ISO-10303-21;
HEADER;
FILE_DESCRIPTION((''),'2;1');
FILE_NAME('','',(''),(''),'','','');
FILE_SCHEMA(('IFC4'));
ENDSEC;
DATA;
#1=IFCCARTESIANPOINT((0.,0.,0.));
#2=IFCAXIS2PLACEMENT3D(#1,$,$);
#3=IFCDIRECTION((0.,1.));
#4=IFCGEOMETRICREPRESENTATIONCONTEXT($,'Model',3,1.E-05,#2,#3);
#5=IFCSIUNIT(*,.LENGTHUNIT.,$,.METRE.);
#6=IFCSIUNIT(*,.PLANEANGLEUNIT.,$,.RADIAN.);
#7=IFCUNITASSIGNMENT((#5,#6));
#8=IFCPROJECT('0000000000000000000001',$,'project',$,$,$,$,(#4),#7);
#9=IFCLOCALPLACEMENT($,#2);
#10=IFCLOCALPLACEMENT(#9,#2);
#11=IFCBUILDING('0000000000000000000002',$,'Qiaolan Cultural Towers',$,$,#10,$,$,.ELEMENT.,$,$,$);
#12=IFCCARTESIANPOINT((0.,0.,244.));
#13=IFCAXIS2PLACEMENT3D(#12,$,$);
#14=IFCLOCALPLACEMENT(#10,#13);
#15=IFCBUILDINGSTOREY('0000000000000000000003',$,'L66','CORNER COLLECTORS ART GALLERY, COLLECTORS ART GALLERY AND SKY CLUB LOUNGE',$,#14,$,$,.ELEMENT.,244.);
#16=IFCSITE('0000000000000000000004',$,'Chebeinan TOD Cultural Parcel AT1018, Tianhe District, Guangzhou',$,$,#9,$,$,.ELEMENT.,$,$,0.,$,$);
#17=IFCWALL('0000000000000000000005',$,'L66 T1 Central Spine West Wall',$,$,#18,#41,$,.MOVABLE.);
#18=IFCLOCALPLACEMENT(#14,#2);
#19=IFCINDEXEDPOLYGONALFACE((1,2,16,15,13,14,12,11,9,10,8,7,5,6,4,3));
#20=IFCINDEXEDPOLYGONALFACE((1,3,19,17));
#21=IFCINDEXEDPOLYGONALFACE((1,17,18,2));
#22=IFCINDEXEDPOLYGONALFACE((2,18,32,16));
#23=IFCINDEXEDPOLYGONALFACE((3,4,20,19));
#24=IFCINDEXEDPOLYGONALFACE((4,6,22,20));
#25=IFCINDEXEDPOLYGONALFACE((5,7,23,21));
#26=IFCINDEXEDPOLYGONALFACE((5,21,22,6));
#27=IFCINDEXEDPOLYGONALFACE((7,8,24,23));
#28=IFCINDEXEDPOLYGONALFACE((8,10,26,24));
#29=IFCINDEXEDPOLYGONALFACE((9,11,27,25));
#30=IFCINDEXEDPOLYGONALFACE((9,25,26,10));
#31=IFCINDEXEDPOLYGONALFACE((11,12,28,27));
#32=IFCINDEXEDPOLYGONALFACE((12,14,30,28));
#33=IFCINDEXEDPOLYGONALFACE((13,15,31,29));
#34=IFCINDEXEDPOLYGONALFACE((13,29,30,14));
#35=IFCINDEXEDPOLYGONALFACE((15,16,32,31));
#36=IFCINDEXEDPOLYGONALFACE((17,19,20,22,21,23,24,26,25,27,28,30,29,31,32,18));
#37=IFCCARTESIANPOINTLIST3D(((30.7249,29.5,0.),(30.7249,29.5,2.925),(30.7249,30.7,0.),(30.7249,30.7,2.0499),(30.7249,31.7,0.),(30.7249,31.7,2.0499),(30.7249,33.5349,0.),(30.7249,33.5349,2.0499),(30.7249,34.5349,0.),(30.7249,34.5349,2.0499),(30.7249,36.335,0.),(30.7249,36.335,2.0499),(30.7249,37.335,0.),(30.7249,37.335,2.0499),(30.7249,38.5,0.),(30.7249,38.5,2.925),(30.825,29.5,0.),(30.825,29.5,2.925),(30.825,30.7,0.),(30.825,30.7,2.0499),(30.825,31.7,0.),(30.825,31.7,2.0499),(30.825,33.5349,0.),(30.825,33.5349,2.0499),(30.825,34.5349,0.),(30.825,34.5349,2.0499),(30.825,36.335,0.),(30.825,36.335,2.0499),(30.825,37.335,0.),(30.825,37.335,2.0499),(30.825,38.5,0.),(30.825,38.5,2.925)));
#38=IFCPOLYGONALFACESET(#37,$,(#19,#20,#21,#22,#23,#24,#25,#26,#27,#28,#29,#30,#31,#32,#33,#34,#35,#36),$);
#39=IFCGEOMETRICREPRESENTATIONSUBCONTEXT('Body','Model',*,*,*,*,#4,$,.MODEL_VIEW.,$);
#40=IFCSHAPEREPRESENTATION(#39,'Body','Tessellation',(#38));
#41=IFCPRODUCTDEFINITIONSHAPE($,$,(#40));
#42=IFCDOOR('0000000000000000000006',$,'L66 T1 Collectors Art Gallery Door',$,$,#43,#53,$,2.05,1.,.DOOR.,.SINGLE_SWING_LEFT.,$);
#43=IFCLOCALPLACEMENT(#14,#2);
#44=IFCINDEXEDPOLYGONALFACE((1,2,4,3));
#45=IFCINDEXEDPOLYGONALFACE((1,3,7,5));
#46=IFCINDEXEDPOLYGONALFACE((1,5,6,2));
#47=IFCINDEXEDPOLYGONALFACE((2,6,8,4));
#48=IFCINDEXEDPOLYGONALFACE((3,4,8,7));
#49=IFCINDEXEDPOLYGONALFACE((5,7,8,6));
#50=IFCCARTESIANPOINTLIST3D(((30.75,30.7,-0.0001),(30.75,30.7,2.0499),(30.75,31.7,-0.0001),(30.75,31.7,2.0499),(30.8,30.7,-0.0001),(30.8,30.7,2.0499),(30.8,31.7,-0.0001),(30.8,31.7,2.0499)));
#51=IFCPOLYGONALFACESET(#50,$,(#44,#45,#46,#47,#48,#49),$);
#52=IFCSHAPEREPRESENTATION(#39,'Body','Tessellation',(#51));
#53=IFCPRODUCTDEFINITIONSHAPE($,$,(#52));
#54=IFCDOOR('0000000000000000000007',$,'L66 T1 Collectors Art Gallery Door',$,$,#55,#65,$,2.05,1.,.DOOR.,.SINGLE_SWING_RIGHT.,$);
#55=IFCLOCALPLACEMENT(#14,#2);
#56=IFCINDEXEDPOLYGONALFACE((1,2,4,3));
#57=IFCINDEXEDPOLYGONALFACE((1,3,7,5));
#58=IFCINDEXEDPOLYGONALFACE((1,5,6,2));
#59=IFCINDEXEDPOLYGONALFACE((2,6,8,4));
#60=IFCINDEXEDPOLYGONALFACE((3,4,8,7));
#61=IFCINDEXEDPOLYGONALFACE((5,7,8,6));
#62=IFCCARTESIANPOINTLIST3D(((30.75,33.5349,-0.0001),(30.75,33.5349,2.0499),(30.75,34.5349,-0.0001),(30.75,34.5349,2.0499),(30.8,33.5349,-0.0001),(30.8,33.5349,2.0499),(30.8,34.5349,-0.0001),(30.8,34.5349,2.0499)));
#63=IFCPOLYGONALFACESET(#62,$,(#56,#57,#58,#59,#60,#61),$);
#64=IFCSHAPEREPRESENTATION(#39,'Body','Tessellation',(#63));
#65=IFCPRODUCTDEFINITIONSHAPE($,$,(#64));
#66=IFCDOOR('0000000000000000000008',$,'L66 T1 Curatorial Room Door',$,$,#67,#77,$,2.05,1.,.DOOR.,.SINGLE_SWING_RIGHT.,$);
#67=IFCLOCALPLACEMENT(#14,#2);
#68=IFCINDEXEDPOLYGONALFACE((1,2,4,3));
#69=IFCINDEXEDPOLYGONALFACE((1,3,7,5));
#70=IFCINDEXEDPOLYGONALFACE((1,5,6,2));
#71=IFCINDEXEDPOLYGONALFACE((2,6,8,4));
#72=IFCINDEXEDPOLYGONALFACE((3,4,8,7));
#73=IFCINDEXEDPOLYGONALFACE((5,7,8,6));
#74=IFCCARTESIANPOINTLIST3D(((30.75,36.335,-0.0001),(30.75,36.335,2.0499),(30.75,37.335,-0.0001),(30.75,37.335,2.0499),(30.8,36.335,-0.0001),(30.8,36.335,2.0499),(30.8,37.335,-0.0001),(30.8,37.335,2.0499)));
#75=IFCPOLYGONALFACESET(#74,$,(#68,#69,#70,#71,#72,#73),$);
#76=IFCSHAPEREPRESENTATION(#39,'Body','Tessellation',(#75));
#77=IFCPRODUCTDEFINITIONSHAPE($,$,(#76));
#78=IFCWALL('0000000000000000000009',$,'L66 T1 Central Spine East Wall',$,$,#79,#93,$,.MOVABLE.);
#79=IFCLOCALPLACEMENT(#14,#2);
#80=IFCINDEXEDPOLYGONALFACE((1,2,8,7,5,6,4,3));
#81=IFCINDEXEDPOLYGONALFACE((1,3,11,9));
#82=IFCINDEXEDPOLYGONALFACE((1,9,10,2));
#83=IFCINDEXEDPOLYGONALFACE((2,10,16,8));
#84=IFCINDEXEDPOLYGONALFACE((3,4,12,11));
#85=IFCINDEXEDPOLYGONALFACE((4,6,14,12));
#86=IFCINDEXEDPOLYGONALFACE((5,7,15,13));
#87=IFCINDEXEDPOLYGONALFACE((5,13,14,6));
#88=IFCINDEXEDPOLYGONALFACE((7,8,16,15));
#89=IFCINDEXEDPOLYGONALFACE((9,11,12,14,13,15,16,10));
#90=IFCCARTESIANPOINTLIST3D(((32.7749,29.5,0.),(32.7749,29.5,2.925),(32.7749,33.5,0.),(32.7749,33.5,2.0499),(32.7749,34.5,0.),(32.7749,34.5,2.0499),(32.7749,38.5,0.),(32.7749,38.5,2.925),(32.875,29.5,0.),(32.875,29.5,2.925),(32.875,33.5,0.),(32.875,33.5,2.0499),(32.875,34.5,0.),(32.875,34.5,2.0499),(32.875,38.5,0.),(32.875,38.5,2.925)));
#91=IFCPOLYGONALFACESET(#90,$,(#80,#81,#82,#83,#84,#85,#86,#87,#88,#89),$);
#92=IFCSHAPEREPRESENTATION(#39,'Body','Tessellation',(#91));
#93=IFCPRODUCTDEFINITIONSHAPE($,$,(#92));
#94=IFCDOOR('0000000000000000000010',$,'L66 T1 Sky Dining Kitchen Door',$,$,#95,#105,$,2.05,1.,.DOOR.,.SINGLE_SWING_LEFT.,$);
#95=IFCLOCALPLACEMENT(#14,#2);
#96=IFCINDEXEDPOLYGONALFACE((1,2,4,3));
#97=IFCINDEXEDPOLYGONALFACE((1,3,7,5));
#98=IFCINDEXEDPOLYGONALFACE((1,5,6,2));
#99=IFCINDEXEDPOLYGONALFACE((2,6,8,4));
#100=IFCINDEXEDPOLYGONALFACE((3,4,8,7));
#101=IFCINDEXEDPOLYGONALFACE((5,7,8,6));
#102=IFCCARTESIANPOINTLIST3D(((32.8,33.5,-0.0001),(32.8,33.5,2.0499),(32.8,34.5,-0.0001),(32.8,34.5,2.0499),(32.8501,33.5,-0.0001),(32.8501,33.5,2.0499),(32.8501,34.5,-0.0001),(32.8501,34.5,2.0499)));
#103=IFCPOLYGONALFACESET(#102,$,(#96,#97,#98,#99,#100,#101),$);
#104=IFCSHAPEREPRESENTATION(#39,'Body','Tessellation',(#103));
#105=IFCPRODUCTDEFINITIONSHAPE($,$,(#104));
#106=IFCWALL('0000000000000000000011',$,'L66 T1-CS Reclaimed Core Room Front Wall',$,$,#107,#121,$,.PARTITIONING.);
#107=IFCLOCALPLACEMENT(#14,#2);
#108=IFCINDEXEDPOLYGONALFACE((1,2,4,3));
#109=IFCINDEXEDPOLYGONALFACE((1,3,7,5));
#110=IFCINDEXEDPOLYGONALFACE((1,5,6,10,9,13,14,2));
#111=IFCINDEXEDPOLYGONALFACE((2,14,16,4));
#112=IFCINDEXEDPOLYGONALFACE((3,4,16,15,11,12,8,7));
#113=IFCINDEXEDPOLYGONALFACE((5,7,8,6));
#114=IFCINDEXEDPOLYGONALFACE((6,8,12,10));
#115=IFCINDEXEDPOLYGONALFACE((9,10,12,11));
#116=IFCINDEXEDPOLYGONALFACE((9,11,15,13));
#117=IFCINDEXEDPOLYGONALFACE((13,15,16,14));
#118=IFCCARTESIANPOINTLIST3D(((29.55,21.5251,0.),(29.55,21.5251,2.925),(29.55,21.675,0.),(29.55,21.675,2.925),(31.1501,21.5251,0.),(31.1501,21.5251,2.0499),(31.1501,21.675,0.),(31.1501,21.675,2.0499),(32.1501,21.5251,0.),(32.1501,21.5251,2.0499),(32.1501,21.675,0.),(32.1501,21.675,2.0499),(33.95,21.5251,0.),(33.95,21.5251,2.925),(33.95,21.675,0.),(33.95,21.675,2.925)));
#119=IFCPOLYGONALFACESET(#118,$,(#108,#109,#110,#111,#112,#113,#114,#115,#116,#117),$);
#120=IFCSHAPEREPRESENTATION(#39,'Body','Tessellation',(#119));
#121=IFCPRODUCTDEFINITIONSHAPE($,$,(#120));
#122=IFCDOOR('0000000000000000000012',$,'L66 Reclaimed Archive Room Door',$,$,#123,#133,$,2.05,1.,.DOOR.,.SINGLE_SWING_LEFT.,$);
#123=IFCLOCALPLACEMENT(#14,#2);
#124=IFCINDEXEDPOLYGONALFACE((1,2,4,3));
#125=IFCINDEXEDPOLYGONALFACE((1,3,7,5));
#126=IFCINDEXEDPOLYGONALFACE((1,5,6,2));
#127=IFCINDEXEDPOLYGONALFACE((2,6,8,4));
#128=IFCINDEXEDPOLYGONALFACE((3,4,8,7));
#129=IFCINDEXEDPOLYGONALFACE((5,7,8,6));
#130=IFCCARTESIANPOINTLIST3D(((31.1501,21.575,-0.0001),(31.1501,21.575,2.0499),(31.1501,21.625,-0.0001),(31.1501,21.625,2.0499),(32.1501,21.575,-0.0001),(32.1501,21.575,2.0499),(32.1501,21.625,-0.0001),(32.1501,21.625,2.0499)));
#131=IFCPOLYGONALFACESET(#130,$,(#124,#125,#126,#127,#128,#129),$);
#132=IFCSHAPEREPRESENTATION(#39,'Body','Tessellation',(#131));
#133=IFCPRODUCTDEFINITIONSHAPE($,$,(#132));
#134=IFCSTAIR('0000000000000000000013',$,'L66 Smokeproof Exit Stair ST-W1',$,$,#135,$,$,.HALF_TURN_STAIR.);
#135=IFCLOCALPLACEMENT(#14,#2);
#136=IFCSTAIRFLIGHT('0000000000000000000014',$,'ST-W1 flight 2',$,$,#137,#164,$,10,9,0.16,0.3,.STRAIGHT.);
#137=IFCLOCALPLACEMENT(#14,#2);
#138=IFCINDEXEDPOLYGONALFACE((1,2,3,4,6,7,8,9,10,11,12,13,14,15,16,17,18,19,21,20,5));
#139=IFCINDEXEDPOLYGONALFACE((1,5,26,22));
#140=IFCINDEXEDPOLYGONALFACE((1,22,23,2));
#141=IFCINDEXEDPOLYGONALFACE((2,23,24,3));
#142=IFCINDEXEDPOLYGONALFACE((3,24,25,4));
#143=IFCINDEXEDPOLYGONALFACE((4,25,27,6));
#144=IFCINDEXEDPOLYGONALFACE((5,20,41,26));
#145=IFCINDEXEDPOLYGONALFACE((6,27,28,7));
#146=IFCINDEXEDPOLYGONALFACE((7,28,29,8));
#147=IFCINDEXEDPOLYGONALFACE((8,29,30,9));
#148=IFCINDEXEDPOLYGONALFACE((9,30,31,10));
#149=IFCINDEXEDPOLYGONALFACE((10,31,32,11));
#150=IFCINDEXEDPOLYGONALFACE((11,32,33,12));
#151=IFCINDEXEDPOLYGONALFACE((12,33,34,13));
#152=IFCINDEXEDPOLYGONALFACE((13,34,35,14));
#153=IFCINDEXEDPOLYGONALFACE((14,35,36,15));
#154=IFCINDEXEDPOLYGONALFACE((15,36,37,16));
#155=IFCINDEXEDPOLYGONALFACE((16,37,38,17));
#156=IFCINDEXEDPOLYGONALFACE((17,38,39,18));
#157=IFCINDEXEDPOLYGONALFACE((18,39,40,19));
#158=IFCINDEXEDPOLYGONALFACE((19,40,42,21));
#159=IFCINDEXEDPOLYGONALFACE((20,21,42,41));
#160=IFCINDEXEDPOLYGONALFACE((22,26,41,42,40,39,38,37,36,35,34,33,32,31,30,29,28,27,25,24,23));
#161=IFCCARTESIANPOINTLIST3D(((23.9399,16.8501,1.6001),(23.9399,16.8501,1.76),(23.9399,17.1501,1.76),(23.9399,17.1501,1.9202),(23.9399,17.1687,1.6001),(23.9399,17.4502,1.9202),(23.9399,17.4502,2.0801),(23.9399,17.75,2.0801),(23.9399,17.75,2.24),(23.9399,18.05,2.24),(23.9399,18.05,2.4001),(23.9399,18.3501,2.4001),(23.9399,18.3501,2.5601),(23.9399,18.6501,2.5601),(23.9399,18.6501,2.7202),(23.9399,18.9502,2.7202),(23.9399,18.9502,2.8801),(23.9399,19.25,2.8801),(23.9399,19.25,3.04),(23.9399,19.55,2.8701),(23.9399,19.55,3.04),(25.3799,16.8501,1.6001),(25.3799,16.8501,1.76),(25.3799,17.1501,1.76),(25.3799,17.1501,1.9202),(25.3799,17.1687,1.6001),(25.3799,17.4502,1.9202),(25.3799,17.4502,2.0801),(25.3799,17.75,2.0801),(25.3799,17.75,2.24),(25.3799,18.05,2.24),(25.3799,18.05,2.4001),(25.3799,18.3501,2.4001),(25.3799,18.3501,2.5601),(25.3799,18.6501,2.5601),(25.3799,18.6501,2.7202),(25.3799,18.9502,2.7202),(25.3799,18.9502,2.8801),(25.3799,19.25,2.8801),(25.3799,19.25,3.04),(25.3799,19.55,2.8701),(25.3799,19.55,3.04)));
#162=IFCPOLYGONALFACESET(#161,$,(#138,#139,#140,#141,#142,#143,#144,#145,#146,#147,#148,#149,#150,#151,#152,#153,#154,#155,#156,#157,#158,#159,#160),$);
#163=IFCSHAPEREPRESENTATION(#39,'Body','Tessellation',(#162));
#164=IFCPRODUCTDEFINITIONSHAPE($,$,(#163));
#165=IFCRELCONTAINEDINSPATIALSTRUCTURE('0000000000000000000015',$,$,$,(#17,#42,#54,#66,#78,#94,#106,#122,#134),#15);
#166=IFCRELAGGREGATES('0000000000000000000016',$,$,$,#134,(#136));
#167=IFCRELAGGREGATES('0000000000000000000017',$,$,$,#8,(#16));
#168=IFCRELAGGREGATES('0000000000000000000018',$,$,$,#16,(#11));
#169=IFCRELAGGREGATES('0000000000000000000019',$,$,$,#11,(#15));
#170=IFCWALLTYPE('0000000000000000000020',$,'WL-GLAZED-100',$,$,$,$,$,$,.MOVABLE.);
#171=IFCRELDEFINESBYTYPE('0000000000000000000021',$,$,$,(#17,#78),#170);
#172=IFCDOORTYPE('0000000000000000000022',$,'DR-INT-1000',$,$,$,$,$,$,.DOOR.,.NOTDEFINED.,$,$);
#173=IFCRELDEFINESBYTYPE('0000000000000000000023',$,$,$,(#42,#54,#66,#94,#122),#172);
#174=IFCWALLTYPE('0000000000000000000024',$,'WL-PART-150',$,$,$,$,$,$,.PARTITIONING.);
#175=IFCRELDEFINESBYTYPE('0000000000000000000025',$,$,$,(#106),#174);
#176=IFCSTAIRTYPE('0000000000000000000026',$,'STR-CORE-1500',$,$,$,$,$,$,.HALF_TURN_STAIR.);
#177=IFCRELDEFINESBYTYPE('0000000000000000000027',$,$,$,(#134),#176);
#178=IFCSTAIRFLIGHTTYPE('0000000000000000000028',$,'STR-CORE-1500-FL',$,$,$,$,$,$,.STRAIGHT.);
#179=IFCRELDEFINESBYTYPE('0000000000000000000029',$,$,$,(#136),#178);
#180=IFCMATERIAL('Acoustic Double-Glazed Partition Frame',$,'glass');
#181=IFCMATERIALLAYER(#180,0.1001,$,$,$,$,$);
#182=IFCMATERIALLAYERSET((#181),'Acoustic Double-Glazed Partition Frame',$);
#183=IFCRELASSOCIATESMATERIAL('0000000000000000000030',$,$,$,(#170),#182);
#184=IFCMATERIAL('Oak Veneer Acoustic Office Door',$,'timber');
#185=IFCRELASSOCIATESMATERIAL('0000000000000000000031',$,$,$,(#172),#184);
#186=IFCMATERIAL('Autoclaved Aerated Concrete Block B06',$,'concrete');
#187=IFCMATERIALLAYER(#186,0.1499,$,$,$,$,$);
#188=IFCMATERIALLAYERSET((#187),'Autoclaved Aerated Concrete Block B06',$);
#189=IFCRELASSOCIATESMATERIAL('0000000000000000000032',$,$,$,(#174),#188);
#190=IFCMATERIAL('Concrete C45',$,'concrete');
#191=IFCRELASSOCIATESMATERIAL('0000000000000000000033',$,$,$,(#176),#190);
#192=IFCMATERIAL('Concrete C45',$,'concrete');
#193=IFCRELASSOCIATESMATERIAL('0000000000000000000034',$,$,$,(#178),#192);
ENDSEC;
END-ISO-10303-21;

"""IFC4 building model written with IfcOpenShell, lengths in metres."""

from ifc_helpers import new_model, si_unit, direction, frame, frame_2d, origin, place, context, subcontext, project, spatial, polyline, rectangle, outline, extrude, material, layer, layer_set, type_object, element, fill, aggregate, save


model = new_model("IFC4")

# Units and contexts
model_context = context("Model", 3, precision=1e-05, world=origin(), true_north=direction((0.0, 1.0)))
body_context = subcontext(model_context, "Body", "Model", "MODEL_VIEW")
ifc_project = project(units=[si_unit("LENGTHUNIT", "METRE"), si_unit("PLANEANGLEUNIT", "RADIAN")], contexts=[model_context])

# Site, building, storey
site_placement = place(None, origin())
site = spatial("IfcSite", under=ifc_project, at=site_placement, Name="Chebeinan TOD Cultural Parcel AT1018, Tianhe District, Guangzhou", CompositionType="ELEMENT", RefElevation=0.0)
building_placement = place(site_placement, origin())
building = spatial("IfcBuilding", under=site, at=building_placement, Name="Qiaolan Cultural Towers", CompositionType="ELEMENT")
storey_placement = place(building_placement, frame((0.0, 0.0, 244.0)))
storey = spatial("IfcBuildingStorey", under=building, at=storey_placement, Name="L66", Description="CORNER COLLECTORS ART GALLERY, COLLECTORS ART GALLERY AND SKY CLUB LOUNGE", CompositionType="ELEMENT", Elevation=244.0)

# Shared definitions
ifc_material_1 = material(Name="Acoustic Double-Glazed Partition Frame", Category="glass")
ifc_layer_1 = layer(ifc_material_1, 0.1001)
ifc_layer_set_1 = layer_set([ifc_layer_1], Name="Acoustic Double-Glazed Partition Frame")
wall_type_1 = type_object("IfcWallType", Name="WL-GLAZED-100", PredefinedType="MOVABLE", material=ifc_layer_set_1)

# Wall, openings, doors
wall_1_placement = place(storey_placement, frame((30.7749, 29.5, 0.0), z_axis=(0.0, 0.0, 1.0), x_axis=(0.0, 1.0, 0.0)))
wall_1 = element("IfcWall", 1, at=wall_1_placement, inside=storey, type_object=wall_type_1, Name="L66 T1 Central Spine West Wall", PredefinedType="MOVABLE", context=body_context, shape_type="SweptSolid", body=[
    extrude(rectangle(XDim=9.0, YDim=0.1001, at=frame_2d((4.5, 0.0))), origin(), (0.0, 0.0, 1.0), 2.925),
])
opening_1_placement = place(wall_1_placement, frame((1.2, 0.0, 0.0)))
opening_1 = element("IfcOpeningElement", 2, at=opening_1_placement, cuts=wall_1, PredefinedType="OPENING", context=body_context, shape_type="SweptSolid", body=[
    extrude(rectangle(XDim=1.0, YDim=2.05, at=frame_2d((0.5, 1.0249))), frame((0.0, 0.0601, 0.0), z_axis=(0.0, -1.0, 0.0), x_axis=(1.0, 0.0, 0.0)), (0.0, 0.0, 1.0), 0.1201),
])
opening_2_placement = place(wall_1_placement, frame((4.0349, 0.0, 0.0)))
opening_2 = element("IfcOpeningElement", 3, at=opening_2_placement, cuts=wall_1, PredefinedType="OPENING", context=body_context, shape_type="SweptSolid", body=[
    extrude(rectangle(XDim=1.0, YDim=2.05, at=frame_2d((0.5, 1.0249))), frame((0.0, 0.0601, 0.0), z_axis=(0.0, -1.0, 0.0), x_axis=(1.0, 0.0, 0.0)), (0.0, 0.0, 1.0), 0.1201),
])
opening_3_placement = place(wall_1_placement, frame((6.835, 0.0, 0.0)))
opening_3 = element("IfcOpeningElement", 4, at=opening_3_placement, cuts=wall_1, PredefinedType="OPENING", context=body_context, shape_type="SweptSolid", body=[
    extrude(rectangle(XDim=1.0, YDim=2.05, at=frame_2d((0.5, 1.0249))), frame((0.0, 0.0601, 0.0), z_axis=(0.0, -1.0, 0.0), x_axis=(1.0, 0.0, 0.0)), (0.0, 0.0, 1.0), 0.1201),
])
ifc_material_2 = material(Name="Oak Veneer Acoustic Office Door", Category="timber")
door_type_1 = type_object("IfcDoorType", Name="DR-INT-1000", OperationType="NOTDEFINED", PredefinedType="DOOR", material=ifc_material_2)
door_1_placement = place(opening_1_placement, origin())
door_1 = element("IfcDoor", 5, at=door_1_placement, inside=storey, type_object=door_type_1, Name="L66 T1 Collectors Art Gallery Door", OperationType="SINGLE_SWING_LEFT", OverallHeight=2.05, OverallWidth=1.0, PredefinedType="DOOR", context=body_context, shape_type="SweptSolid", body=[
    extrude(rectangle(XDim=1.0, YDim=2.05, at=frame_2d((0.5, 1.0249))), frame((0.0, 0.0249, 0.0), z_axis=(0.0, -1.0, 0.0), x_axis=(1.0, 0.0, 0.0)), (0.0, 0.0, 1.0), 0.05),
])
fill(opening_1, door_1)
door_2_placement = place(opening_2_placement, origin())
door_2 = element("IfcDoor", 6, at=door_2_placement, inside=storey, type_object=door_type_1, Name="L66 T1 Collectors Art Gallery Door", OperationType="SINGLE_SWING_RIGHT", OverallHeight=2.05, OverallWidth=1.0, PredefinedType="DOOR", context=body_context, shape_type="SweptSolid", body=[
    extrude(rectangle(XDim=1.0, YDim=2.05, at=frame_2d((0.5, 1.0249))), frame((0.0, 0.0249, 0.0), z_axis=(0.0, -1.0, 0.0), x_axis=(1.0, 0.0, 0.0)), (0.0, 0.0, 1.0), 0.05),
])
fill(opening_2, door_2)
door_3_placement = place(opening_3_placement, origin())
door_3 = element("IfcDoor", 7, at=door_3_placement, inside=storey, type_object=door_type_1, Name="L66 T1 Curatorial Room Door", OperationType="SINGLE_SWING_RIGHT", OverallHeight=2.05, OverallWidth=1.0, PredefinedType="DOOR", context=body_context, shape_type="SweptSolid", body=[
    extrude(rectangle(XDim=1.0, YDim=2.05, at=frame_2d((0.5, 1.0249))), frame((0.0, 0.0249, 0.0), z_axis=(0.0, -1.0, 0.0), x_axis=(1.0, 0.0, 0.0)), (0.0, 0.0, 1.0), 0.05),
])
fill(opening_3, door_3)

# Walls, openings, doors
wall_2_placement = place(storey_placement, frame((32.825, 29.5, 0.0), z_axis=(0.0, 0.0, 1.0), x_axis=(0.0, 1.0, 0.0)))
wall_2 = element("IfcWall", 8, at=wall_2_placement, inside=storey, type_object=wall_type_1, Name="L66 T1 Central Spine East Wall", PredefinedType="MOVABLE", context=body_context, shape_type="SweptSolid", body=[
    extrude(rectangle(XDim=9.0, YDim=0.1001, at=frame_2d((4.5, 0.0))), origin(), (0.0, 0.0, 1.0), 2.925),
])
opening_4_placement = place(wall_2_placement, frame((4.0, 0.0, 0.0)))
opening_4 = element("IfcOpeningElement", 9, at=opening_4_placement, cuts=wall_2, PredefinedType="OPENING", context=body_context, shape_type="SweptSolid", body=[
    extrude(rectangle(XDim=1.0, YDim=2.05, at=frame_2d((0.5, 1.0249))), frame((0.0, 0.0601, 0.0), z_axis=(0.0, -1.0, 0.0), x_axis=(1.0, 0.0, 0.0)), (0.0, 0.0, 1.0), 0.1201),
])
door_4_placement = place(opening_4_placement, origin())
door_4 = element("IfcDoor", 10, at=door_4_placement, inside=storey, type_object=door_type_1, Name="L66 T1 Sky Dining Kitchen Door", OperationType="SINGLE_SWING_LEFT", OverallHeight=2.05, OverallWidth=1.0, PredefinedType="DOOR", context=body_context, shape_type="SweptSolid", body=[
    extrude(rectangle(XDim=1.0, YDim=2.05, at=frame_2d((0.5, 1.0249))), frame((0.0, 0.0249, 0.0), z_axis=(0.0, -1.0, 0.0), x_axis=(1.0, 0.0, 0.0)), (0.0, 0.0, 1.0), 0.05),
])
fill(opening_4, door_4)
ifc_material_3 = material(Name="Autoclaved Aerated Concrete Block B06", Category="concrete")
ifc_layer_2 = layer(ifc_material_3, 0.1499)
ifc_layer_set_2 = layer_set([ifc_layer_2], Name="Autoclaved Aerated Concrete Block B06")
wall_type_2 = type_object("IfcWallType", Name="WL-PART-150", PredefinedType="PARTITIONING", material=ifc_layer_set_2)
wall_3_placement = place(storey_placement, frame((29.55, 21.6001, 0.0), z_axis=(0.0, 0.0, 1.0), x_axis=(1.0, 0.0, 0.0)))
wall_3 = element("IfcWall", 11, at=wall_3_placement, inside=storey, type_object=wall_type_2, Name="L66 T1-CS Reclaimed Core Room Front Wall", PredefinedType="PARTITIONING", context=body_context, shape_type="SweptSolid", body=[
    extrude(rectangle(XDim=4.3999, YDim=0.1499, at=frame_2d((2.2, 0.0))), origin(), (0.0, 0.0, 1.0), 2.925),
])
opening_5_placement = place(wall_3_placement, frame((1.6001, 0.0, 0.0)))
opening_5 = element("IfcOpeningElement", 12, at=opening_5_placement, cuts=wall_3, PredefinedType="OPENING", context=body_context, shape_type="SweptSolid", body=[
    extrude(rectangle(XDim=1.0, YDim=2.05, at=frame_2d((0.5, 1.0249))), frame((0.0, 0.085, 0.0), z_axis=(0.0, -1.0, 0.0), x_axis=(1.0, 0.0, 0.0)), (0.0, 0.0, 1.0), 0.1699),
])
door_5_placement = place(opening_5_placement, origin())
door_5 = element("IfcDoor", 13, at=door_5_placement, inside=storey, type_object=door_type_1, Name="L66 Reclaimed Archive Room Door", OperationType="SINGLE_SWING_LEFT", OverallHeight=2.05, OverallWidth=1.0, PredefinedType="DOOR", context=body_context, shape_type="SweptSolid", body=[
    extrude(rectangle(XDim=1.0, YDim=2.05, at=frame_2d((0.5, 1.0249))), frame((0.0, 0.0249, 0.0), z_axis=(0.0, -1.0, 0.0), x_axis=(1.0, 0.0, 0.0)), (0.0, 0.0, 1.0), 0.05),
])
fill(opening_5, door_5)

# Stair, stair flight
ifc_material_4 = material(Name="Concrete C45", Category="concrete")
stair_type = type_object("IfcStairType", Name="STR-CORE-1500", PredefinedType="HALF_TURN_STAIR", material=ifc_material_4)
stair_placement = place(storey_placement, origin())
stair = element("IfcStair", 14, at=stair_placement, inside=storey, type_object=stair_type, Name="L66 Smokeproof Exit Stair ST-W1", PredefinedType="HALF_TURN_STAIR")
ifc_material_5 = material(Name="Concrete C45", Category="concrete")
stair_flight_type = type_object("IfcStairFlightType", Name="STR-CORE-1500-FL", PredefinedType="STRAIGHT", material=ifc_material_5)
stair_flight_placement = place(storey_placement, frame((24.6599, 16.8501, 1.6001), z_axis=(0.0, 0.0, 1.0), x_axis=(0.0, 1.0, 0.0)))
stair_flight = element("IfcStairFlight", 15, at=stair_flight_placement, type_object=stair_flight_type, Name="ST-W1 flight 2", NumberOfRisers=10, NumberOfTreads=9, PredefinedType="STRAIGHT", RiserHeight=0.16, TreadLength=0.3, context=body_context, shape_type="SweptSolid", body=[
    extrude(outline(polyline([(0.0, 0.0), (0.0, 0.1599), (0.3, 0.1599), (0.3, 0.3201), (0.6001, 0.3201), (0.6001, 0.48), (0.8999, 0.48), (0.8999, 0.6399), (1.2, 0.6399), (1.2, 0.8), (1.5, 0.8), (1.5, 0.96), (1.8, 0.96), (1.8, 1.1201), (2.1001, 1.1201), (2.1001, 1.28), (2.3999, 1.28), (2.3999, 1.4399), (2.7, 1.4399), (2.7, 1.6001), (2.7, 1.27), (0.3186, 0.0), (0.0, 0.0)])), frame((0.0, 0.72, 0.0), z_axis=(0.0, -1.0, 0.0), x_axis=(1.0, 0.0, 0.0)), (0.0, 0.0, 1.0), 1.4399),
])
aggregate(stair, [stair_flight])

save(model, "model.ifc")
